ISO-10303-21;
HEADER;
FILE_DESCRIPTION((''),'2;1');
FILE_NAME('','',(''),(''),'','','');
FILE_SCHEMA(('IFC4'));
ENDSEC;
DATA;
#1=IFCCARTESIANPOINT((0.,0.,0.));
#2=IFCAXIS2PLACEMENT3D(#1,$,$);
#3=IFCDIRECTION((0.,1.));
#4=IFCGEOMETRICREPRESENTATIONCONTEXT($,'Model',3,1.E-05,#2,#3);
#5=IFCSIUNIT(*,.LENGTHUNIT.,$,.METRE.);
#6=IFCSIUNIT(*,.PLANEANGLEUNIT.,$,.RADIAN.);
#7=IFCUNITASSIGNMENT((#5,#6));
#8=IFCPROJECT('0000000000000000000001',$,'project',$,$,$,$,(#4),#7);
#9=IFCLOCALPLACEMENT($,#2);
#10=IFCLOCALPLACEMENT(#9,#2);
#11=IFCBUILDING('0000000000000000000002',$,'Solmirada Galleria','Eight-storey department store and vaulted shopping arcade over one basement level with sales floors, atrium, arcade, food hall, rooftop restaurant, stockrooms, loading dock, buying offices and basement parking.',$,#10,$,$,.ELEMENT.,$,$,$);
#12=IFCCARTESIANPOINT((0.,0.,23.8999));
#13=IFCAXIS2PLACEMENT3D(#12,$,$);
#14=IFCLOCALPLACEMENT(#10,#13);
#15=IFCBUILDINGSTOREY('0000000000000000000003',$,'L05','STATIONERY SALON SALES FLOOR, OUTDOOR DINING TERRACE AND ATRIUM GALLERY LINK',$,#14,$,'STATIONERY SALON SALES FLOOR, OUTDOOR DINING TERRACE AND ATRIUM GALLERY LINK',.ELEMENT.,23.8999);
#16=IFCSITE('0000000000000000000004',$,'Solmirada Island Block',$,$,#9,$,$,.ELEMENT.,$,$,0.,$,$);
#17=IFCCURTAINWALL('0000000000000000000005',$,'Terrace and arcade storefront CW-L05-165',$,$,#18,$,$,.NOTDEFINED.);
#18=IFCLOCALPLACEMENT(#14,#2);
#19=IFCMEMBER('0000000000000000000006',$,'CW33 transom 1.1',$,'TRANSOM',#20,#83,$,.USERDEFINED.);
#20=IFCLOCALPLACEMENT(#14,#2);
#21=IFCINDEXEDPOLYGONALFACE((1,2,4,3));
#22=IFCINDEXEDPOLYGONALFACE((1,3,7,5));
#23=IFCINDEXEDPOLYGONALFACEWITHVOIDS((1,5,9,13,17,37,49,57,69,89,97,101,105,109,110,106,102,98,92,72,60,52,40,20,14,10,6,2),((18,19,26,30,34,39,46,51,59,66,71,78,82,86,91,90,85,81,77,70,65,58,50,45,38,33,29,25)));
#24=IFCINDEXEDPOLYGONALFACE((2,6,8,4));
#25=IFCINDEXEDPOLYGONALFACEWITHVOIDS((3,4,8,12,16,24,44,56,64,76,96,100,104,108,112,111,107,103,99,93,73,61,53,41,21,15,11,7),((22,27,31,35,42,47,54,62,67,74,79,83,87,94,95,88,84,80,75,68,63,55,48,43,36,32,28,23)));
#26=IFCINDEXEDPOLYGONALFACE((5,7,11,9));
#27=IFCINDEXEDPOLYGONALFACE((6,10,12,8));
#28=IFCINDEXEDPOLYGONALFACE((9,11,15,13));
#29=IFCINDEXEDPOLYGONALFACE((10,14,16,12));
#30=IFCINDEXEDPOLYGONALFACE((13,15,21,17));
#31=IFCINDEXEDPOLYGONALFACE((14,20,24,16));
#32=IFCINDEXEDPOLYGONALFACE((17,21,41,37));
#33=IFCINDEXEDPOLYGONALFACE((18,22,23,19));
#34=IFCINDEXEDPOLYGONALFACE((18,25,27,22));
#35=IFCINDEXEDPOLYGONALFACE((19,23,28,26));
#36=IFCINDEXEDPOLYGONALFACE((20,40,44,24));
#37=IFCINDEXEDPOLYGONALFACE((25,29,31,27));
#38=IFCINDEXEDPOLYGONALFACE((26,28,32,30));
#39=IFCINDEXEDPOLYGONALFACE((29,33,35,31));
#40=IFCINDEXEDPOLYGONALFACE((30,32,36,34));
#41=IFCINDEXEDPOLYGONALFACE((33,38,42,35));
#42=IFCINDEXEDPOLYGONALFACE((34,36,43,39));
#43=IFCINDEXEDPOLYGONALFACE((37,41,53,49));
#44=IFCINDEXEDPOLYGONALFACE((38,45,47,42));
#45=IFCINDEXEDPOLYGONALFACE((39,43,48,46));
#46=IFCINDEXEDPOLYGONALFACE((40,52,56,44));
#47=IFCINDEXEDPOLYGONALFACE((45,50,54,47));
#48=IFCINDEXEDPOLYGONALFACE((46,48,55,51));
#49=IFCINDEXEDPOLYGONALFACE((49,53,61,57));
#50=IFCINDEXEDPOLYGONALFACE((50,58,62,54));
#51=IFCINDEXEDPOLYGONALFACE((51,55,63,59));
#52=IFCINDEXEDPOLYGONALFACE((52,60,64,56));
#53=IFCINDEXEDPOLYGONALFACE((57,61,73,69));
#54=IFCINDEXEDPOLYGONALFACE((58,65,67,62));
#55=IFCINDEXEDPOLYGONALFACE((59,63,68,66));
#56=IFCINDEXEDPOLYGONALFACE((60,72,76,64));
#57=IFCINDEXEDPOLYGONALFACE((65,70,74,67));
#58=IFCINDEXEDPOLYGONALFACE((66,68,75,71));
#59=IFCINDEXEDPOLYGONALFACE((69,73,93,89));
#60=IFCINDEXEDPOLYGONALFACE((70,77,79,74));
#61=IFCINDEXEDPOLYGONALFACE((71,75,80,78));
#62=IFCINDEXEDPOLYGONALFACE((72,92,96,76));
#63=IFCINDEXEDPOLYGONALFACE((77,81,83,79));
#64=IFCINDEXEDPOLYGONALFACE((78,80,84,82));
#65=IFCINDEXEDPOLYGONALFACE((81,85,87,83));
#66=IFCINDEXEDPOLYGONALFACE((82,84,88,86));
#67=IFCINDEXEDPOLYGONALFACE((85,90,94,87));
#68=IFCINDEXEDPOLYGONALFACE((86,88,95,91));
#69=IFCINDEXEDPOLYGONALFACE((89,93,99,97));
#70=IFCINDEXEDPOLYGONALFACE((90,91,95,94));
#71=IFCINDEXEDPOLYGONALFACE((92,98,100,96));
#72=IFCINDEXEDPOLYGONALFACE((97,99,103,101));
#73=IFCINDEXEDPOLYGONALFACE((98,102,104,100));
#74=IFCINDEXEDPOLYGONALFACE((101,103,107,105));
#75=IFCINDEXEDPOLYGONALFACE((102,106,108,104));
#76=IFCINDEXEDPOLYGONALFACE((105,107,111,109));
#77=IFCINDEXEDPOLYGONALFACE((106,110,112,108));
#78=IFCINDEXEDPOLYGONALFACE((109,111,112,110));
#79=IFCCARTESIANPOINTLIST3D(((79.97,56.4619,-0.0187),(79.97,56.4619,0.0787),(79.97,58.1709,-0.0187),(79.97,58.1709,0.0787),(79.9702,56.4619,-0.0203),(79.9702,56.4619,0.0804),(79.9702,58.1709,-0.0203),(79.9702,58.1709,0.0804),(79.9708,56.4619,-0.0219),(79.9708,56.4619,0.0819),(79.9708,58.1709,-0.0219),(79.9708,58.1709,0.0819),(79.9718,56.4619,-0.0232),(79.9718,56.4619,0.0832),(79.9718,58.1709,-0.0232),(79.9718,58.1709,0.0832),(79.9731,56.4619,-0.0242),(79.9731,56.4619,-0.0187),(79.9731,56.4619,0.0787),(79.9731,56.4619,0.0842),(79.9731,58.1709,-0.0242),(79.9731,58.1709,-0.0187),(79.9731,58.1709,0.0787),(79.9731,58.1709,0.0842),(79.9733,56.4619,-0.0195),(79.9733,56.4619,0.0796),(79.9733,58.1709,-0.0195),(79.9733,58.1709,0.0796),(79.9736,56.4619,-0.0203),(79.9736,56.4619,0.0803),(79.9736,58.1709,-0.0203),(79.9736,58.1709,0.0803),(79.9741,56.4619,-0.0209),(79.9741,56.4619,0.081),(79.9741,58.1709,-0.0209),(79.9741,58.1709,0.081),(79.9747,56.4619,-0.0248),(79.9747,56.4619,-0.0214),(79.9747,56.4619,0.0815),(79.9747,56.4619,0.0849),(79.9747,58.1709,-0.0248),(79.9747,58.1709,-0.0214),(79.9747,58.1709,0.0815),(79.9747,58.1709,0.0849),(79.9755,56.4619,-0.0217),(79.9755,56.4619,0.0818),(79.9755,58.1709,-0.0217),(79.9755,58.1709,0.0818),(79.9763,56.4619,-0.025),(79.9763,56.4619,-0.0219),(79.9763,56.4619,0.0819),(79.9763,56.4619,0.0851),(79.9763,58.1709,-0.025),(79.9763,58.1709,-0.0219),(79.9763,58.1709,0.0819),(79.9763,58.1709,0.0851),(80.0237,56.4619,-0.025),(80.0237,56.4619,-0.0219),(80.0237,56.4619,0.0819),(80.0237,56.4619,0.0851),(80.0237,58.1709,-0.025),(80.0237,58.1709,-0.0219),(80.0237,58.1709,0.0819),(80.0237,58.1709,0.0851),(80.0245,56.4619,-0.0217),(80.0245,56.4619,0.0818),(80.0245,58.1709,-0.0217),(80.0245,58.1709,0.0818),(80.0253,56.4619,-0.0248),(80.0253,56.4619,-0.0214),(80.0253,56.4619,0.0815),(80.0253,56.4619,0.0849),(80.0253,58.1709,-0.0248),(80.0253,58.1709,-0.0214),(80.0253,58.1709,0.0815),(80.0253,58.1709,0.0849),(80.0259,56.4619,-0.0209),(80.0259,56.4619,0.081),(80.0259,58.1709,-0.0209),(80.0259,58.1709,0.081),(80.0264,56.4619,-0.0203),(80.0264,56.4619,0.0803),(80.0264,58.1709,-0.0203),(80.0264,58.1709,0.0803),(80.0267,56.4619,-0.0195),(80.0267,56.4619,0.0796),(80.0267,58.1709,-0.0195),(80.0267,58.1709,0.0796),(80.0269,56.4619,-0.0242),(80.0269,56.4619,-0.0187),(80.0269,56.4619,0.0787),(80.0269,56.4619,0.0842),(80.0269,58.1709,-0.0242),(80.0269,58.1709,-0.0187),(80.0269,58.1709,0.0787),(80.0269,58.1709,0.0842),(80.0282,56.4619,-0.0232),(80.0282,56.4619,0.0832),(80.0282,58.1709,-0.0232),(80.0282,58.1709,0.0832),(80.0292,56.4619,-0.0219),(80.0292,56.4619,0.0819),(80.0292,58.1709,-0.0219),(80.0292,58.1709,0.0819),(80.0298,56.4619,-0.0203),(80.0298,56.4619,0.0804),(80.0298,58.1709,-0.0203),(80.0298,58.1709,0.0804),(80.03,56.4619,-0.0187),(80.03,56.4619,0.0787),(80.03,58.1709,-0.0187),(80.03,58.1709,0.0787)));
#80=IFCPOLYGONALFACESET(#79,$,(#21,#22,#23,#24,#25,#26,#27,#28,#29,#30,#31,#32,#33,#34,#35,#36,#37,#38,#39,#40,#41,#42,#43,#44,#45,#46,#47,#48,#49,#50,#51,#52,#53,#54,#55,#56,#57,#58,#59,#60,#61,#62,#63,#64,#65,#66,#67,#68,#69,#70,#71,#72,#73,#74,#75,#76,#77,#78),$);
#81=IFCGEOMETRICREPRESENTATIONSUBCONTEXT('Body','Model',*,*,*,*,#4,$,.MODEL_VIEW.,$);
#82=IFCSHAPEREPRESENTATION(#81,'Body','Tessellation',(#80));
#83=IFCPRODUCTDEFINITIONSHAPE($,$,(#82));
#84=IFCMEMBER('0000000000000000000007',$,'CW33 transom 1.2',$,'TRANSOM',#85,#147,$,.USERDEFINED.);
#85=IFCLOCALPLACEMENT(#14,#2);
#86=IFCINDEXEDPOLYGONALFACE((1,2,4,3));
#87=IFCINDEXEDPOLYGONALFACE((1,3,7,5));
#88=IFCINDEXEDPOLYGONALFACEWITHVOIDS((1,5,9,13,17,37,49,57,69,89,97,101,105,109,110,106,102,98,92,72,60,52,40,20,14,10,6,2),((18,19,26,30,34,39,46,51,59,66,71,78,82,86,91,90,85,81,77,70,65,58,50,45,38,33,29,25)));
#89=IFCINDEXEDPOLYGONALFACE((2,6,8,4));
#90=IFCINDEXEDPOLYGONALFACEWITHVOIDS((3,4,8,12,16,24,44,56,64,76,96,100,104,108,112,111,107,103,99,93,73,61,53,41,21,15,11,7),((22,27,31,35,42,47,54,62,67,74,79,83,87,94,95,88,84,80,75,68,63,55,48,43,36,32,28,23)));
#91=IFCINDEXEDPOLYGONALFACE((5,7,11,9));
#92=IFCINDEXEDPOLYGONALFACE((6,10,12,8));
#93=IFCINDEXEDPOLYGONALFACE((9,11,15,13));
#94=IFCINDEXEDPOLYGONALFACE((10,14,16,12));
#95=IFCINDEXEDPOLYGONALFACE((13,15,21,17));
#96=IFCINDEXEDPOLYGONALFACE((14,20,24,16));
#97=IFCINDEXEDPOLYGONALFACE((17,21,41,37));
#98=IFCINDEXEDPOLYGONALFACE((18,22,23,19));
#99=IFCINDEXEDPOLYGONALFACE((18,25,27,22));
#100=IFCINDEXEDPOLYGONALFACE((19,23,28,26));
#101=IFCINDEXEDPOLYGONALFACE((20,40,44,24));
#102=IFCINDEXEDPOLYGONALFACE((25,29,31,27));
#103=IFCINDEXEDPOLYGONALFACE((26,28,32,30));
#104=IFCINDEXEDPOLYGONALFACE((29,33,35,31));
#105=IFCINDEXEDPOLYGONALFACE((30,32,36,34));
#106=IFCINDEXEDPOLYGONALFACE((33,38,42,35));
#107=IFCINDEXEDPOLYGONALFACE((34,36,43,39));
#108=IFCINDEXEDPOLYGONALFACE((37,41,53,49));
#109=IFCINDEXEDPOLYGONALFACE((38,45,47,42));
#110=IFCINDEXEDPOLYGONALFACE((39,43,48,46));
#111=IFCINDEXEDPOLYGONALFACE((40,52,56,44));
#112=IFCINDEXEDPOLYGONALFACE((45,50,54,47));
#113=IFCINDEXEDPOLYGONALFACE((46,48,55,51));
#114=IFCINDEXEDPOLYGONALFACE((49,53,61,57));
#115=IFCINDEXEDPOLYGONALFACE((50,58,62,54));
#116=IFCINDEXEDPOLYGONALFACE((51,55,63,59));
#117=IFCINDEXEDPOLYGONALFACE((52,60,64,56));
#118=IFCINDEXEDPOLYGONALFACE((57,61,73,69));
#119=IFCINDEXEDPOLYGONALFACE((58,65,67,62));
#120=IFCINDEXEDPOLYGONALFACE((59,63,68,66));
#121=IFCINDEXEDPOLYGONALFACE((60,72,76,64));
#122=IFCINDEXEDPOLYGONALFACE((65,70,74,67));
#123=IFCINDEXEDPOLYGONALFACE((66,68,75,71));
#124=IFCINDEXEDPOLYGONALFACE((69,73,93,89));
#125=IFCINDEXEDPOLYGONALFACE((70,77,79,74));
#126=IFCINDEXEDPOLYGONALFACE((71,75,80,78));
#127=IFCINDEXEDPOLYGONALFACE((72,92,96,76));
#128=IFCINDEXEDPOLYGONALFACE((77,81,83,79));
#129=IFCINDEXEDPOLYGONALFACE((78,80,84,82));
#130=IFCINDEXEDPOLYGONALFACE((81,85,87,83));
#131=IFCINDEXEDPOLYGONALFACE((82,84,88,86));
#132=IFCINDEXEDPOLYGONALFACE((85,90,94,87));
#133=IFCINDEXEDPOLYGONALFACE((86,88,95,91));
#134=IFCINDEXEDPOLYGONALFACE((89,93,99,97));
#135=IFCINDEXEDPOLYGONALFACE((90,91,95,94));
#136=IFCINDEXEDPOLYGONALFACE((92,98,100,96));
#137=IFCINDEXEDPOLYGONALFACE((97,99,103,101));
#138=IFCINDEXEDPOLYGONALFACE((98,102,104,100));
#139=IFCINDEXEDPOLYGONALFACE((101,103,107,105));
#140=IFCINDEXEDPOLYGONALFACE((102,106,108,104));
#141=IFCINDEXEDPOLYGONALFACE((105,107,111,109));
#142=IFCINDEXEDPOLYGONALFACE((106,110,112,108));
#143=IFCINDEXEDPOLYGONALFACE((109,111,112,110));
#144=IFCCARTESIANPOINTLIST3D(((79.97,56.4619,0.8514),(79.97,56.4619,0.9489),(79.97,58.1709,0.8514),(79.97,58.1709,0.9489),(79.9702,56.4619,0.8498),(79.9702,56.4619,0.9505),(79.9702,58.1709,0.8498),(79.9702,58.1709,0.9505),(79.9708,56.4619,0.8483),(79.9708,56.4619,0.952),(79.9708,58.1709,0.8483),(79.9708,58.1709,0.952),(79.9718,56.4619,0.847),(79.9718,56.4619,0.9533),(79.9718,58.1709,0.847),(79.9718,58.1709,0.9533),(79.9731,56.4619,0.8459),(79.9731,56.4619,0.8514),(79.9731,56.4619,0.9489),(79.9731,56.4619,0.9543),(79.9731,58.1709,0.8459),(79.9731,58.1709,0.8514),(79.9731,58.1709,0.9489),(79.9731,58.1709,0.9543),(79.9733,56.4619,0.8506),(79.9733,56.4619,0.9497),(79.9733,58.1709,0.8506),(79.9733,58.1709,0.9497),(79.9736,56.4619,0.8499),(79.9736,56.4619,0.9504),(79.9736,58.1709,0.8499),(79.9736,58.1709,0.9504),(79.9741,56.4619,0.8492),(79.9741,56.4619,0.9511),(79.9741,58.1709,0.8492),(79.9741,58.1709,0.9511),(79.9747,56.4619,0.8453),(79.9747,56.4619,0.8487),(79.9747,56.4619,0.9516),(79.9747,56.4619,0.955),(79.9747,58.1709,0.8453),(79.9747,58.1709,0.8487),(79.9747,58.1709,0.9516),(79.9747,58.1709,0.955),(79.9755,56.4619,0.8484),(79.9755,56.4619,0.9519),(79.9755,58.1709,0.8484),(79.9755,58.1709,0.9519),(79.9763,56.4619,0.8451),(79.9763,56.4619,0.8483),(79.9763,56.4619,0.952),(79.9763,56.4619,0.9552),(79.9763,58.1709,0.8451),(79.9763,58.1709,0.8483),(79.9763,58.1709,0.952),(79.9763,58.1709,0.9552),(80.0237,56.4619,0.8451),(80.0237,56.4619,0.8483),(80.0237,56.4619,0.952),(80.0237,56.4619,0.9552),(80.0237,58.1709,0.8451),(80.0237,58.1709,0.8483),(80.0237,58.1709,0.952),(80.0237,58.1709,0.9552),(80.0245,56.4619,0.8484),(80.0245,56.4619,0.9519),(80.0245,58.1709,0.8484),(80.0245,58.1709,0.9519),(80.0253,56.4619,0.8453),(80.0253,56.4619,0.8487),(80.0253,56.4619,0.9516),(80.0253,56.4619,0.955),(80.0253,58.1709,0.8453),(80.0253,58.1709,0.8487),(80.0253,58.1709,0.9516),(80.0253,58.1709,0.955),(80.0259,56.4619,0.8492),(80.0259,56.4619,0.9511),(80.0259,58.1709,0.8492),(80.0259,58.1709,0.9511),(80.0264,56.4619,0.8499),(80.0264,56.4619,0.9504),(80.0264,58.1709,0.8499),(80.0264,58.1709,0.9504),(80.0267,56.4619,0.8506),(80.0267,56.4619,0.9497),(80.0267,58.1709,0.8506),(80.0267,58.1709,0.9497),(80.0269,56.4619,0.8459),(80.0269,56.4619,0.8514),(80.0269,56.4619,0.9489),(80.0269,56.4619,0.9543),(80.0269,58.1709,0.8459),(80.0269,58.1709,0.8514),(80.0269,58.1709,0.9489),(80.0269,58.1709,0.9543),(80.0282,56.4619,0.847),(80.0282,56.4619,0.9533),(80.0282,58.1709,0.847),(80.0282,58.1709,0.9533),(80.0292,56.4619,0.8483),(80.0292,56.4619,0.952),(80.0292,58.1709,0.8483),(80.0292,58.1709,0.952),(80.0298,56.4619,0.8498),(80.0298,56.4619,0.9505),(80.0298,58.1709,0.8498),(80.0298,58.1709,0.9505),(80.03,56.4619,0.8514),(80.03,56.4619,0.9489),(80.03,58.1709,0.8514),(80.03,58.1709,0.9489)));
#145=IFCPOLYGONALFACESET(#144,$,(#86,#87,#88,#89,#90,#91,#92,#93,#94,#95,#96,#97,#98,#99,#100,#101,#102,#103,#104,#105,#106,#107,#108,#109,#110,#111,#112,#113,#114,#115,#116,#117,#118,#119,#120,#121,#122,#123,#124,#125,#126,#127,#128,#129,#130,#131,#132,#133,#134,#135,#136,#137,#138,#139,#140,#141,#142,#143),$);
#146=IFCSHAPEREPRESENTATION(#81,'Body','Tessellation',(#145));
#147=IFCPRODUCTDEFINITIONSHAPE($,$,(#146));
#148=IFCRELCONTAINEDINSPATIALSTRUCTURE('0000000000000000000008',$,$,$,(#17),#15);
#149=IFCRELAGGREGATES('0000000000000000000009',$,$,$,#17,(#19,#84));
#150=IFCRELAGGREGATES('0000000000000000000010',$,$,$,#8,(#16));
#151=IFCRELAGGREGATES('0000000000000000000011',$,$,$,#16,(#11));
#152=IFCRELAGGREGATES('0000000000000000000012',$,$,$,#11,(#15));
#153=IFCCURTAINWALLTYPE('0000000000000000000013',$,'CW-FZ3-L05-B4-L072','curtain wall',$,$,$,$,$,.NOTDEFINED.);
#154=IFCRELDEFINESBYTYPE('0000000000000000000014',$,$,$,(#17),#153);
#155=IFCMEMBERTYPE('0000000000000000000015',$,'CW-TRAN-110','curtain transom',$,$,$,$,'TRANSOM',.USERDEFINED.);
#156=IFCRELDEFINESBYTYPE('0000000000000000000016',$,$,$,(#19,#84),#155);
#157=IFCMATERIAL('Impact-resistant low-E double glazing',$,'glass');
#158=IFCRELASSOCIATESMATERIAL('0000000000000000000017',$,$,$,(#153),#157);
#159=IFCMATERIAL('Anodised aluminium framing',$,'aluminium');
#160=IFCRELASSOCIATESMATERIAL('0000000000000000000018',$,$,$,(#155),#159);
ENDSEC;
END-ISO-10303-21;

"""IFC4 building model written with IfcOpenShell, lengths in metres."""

from ifc_helpers import new_model, si_unit, direction, frame, origin, origin_2d, place, context, subcontext, project, spatial, hollow_rectangle, extrude, material, material_profile, profile_set, type_object, element, aggregate, save


model = new_model("IFC4")

# Units and contexts
model_context = context("Model", 3, precision=1e-05, world=origin(), true_north=direction((0.0, 1.0)))
body_context = subcontext(model_context, "Body", "Model", "MODEL_VIEW")
ifc_project = project(units=[si_unit("LENGTHUNIT", "METRE"), si_unit("PLANEANGLEUNIT", "RADIAN")], contexts=[model_context])

# Site, building, storey
site_placement = place(None, origin())
site = spatial("IfcSite", under=ifc_project, at=site_placement, Name="Solmirada Island Block", CompositionType="ELEMENT", RefElevation=0.0)
building_placement = place(site_placement, origin())
building = spatial("IfcBuilding", under=site, at=building_placement, Name="Solmirada Galleria", Description="Eight-storey department store and vaulted shopping arcade over one basement level with sales floors, atrium, arcade, food hall, rooftop restaurant, stockrooms, loading dock, buying offices and basement parking.", CompositionType="ELEMENT")
storey_placement = place(building_placement, frame((0.0, 0.0, 23.8999)))
storey = spatial("IfcBuildingStorey", under=building, at=storey_placement, Name="L05", Description="STATIONERY SALON SALES FLOOR, OUTDOOR DINING TERRACE AND ATRIUM GALLERY LINK", LongName="STATIONERY SALON SALES FLOOR, OUTDOOR DINING TERRACE AND ATRIUM GALLERY LINK", CompositionType="ELEMENT", Elevation=23.8999)

# Shared definitions
ifc_material_1 = material(Name="Impact-resistant low-E double glazing", Category="glass")
curtain_wall_type = type_object("IfcCurtainWallType", Name="CW-FZ3-L05-B4-L072", Description="curtain wall", PredefinedType="NOTDEFINED", material=ifc_material_1)
ifc_material_2 = material(Name="Anodised aluminium framing", Category="aluminium")

# Curtain wall, members
curtain_wall_1_placement = place(storey_placement, origin())
curtain_wall_1 = element("IfcCurtainWall", 1, at=curtain_wall_1_placement, inside=storey, type_object=curtain_wall_type, Name="Terrace and arcade storefront CW-L05-165", PredefinedType="NOTDEFINED")
ifc_material_profile_1 = material_profile(ifc_material_2, hollow_rectangle(XDim=0.0601, YDim=0.1101, WallThickness=0.0032, InnerFilletRadius=0.0032, OuterFilletRadius=0.0063, at=origin_2d()), Name="ALU-TRAN-110X60")
ifc_profile_set_1 = profile_set([ifc_material_profile_1], Name="Anodised aluminium framing")
member_type_1 = type_object("IfcMemberType", Name="CW-TRAN-110", Description="curtain transom", ElementType="TRANSOM", PredefinedType="USERDEFINED", material=ifc_profile_set_1)
member_1_placement = place(storey_placement, frame((80.0, 56.4619, 0.03), z_axis=(0.0, 1.0, 0.0), x_axis=(-1.0, 0.0, 0.0)))
member_1 = element("IfcMember", 2, at=member_1_placement, type_object=member_type_1, Name="CW33 transom 1.1", ObjectType="TRANSOM", PredefinedType="USERDEFINED", context=body_context, shape_type="SweptSolid", body=[
    extrude(hollow_rectangle(XDim=0.0601, YDim=0.1101, WallThickness=0.0032, InnerFilletRadius=0.0032, OuterFilletRadius=0.0063, at=origin_2d()), origin(), (0.0, 0.0, 1.0), 1.709),
])
member_2_placement = place(storey_placement, frame((80.0, 56.4619, 0.9001), z_axis=(0.0, 1.0, 0.0), x_axis=(-1.0, 0.0, 0.0)))
member_2 = element("IfcMember", 3, at=member_2_placement, type_object=member_type_1, Name="CW33 transom 1.2", ObjectType="TRANSOM", PredefinedType="USERDEFINED", context=body_context, shape_type="SweptSolid", body=[
    extrude(hollow_rectangle(XDim=0.0601, YDim=0.1101, WallThickness=0.0032, InnerFilletRadius=0.0032, OuterFilletRadius=0.0063, at=origin_2d()), origin(), (0.0, 0.0, 1.0), 1.709),
])
aggregate(curtain_wall_1, [member_1, member_2])

save(model, "model.ifc")
